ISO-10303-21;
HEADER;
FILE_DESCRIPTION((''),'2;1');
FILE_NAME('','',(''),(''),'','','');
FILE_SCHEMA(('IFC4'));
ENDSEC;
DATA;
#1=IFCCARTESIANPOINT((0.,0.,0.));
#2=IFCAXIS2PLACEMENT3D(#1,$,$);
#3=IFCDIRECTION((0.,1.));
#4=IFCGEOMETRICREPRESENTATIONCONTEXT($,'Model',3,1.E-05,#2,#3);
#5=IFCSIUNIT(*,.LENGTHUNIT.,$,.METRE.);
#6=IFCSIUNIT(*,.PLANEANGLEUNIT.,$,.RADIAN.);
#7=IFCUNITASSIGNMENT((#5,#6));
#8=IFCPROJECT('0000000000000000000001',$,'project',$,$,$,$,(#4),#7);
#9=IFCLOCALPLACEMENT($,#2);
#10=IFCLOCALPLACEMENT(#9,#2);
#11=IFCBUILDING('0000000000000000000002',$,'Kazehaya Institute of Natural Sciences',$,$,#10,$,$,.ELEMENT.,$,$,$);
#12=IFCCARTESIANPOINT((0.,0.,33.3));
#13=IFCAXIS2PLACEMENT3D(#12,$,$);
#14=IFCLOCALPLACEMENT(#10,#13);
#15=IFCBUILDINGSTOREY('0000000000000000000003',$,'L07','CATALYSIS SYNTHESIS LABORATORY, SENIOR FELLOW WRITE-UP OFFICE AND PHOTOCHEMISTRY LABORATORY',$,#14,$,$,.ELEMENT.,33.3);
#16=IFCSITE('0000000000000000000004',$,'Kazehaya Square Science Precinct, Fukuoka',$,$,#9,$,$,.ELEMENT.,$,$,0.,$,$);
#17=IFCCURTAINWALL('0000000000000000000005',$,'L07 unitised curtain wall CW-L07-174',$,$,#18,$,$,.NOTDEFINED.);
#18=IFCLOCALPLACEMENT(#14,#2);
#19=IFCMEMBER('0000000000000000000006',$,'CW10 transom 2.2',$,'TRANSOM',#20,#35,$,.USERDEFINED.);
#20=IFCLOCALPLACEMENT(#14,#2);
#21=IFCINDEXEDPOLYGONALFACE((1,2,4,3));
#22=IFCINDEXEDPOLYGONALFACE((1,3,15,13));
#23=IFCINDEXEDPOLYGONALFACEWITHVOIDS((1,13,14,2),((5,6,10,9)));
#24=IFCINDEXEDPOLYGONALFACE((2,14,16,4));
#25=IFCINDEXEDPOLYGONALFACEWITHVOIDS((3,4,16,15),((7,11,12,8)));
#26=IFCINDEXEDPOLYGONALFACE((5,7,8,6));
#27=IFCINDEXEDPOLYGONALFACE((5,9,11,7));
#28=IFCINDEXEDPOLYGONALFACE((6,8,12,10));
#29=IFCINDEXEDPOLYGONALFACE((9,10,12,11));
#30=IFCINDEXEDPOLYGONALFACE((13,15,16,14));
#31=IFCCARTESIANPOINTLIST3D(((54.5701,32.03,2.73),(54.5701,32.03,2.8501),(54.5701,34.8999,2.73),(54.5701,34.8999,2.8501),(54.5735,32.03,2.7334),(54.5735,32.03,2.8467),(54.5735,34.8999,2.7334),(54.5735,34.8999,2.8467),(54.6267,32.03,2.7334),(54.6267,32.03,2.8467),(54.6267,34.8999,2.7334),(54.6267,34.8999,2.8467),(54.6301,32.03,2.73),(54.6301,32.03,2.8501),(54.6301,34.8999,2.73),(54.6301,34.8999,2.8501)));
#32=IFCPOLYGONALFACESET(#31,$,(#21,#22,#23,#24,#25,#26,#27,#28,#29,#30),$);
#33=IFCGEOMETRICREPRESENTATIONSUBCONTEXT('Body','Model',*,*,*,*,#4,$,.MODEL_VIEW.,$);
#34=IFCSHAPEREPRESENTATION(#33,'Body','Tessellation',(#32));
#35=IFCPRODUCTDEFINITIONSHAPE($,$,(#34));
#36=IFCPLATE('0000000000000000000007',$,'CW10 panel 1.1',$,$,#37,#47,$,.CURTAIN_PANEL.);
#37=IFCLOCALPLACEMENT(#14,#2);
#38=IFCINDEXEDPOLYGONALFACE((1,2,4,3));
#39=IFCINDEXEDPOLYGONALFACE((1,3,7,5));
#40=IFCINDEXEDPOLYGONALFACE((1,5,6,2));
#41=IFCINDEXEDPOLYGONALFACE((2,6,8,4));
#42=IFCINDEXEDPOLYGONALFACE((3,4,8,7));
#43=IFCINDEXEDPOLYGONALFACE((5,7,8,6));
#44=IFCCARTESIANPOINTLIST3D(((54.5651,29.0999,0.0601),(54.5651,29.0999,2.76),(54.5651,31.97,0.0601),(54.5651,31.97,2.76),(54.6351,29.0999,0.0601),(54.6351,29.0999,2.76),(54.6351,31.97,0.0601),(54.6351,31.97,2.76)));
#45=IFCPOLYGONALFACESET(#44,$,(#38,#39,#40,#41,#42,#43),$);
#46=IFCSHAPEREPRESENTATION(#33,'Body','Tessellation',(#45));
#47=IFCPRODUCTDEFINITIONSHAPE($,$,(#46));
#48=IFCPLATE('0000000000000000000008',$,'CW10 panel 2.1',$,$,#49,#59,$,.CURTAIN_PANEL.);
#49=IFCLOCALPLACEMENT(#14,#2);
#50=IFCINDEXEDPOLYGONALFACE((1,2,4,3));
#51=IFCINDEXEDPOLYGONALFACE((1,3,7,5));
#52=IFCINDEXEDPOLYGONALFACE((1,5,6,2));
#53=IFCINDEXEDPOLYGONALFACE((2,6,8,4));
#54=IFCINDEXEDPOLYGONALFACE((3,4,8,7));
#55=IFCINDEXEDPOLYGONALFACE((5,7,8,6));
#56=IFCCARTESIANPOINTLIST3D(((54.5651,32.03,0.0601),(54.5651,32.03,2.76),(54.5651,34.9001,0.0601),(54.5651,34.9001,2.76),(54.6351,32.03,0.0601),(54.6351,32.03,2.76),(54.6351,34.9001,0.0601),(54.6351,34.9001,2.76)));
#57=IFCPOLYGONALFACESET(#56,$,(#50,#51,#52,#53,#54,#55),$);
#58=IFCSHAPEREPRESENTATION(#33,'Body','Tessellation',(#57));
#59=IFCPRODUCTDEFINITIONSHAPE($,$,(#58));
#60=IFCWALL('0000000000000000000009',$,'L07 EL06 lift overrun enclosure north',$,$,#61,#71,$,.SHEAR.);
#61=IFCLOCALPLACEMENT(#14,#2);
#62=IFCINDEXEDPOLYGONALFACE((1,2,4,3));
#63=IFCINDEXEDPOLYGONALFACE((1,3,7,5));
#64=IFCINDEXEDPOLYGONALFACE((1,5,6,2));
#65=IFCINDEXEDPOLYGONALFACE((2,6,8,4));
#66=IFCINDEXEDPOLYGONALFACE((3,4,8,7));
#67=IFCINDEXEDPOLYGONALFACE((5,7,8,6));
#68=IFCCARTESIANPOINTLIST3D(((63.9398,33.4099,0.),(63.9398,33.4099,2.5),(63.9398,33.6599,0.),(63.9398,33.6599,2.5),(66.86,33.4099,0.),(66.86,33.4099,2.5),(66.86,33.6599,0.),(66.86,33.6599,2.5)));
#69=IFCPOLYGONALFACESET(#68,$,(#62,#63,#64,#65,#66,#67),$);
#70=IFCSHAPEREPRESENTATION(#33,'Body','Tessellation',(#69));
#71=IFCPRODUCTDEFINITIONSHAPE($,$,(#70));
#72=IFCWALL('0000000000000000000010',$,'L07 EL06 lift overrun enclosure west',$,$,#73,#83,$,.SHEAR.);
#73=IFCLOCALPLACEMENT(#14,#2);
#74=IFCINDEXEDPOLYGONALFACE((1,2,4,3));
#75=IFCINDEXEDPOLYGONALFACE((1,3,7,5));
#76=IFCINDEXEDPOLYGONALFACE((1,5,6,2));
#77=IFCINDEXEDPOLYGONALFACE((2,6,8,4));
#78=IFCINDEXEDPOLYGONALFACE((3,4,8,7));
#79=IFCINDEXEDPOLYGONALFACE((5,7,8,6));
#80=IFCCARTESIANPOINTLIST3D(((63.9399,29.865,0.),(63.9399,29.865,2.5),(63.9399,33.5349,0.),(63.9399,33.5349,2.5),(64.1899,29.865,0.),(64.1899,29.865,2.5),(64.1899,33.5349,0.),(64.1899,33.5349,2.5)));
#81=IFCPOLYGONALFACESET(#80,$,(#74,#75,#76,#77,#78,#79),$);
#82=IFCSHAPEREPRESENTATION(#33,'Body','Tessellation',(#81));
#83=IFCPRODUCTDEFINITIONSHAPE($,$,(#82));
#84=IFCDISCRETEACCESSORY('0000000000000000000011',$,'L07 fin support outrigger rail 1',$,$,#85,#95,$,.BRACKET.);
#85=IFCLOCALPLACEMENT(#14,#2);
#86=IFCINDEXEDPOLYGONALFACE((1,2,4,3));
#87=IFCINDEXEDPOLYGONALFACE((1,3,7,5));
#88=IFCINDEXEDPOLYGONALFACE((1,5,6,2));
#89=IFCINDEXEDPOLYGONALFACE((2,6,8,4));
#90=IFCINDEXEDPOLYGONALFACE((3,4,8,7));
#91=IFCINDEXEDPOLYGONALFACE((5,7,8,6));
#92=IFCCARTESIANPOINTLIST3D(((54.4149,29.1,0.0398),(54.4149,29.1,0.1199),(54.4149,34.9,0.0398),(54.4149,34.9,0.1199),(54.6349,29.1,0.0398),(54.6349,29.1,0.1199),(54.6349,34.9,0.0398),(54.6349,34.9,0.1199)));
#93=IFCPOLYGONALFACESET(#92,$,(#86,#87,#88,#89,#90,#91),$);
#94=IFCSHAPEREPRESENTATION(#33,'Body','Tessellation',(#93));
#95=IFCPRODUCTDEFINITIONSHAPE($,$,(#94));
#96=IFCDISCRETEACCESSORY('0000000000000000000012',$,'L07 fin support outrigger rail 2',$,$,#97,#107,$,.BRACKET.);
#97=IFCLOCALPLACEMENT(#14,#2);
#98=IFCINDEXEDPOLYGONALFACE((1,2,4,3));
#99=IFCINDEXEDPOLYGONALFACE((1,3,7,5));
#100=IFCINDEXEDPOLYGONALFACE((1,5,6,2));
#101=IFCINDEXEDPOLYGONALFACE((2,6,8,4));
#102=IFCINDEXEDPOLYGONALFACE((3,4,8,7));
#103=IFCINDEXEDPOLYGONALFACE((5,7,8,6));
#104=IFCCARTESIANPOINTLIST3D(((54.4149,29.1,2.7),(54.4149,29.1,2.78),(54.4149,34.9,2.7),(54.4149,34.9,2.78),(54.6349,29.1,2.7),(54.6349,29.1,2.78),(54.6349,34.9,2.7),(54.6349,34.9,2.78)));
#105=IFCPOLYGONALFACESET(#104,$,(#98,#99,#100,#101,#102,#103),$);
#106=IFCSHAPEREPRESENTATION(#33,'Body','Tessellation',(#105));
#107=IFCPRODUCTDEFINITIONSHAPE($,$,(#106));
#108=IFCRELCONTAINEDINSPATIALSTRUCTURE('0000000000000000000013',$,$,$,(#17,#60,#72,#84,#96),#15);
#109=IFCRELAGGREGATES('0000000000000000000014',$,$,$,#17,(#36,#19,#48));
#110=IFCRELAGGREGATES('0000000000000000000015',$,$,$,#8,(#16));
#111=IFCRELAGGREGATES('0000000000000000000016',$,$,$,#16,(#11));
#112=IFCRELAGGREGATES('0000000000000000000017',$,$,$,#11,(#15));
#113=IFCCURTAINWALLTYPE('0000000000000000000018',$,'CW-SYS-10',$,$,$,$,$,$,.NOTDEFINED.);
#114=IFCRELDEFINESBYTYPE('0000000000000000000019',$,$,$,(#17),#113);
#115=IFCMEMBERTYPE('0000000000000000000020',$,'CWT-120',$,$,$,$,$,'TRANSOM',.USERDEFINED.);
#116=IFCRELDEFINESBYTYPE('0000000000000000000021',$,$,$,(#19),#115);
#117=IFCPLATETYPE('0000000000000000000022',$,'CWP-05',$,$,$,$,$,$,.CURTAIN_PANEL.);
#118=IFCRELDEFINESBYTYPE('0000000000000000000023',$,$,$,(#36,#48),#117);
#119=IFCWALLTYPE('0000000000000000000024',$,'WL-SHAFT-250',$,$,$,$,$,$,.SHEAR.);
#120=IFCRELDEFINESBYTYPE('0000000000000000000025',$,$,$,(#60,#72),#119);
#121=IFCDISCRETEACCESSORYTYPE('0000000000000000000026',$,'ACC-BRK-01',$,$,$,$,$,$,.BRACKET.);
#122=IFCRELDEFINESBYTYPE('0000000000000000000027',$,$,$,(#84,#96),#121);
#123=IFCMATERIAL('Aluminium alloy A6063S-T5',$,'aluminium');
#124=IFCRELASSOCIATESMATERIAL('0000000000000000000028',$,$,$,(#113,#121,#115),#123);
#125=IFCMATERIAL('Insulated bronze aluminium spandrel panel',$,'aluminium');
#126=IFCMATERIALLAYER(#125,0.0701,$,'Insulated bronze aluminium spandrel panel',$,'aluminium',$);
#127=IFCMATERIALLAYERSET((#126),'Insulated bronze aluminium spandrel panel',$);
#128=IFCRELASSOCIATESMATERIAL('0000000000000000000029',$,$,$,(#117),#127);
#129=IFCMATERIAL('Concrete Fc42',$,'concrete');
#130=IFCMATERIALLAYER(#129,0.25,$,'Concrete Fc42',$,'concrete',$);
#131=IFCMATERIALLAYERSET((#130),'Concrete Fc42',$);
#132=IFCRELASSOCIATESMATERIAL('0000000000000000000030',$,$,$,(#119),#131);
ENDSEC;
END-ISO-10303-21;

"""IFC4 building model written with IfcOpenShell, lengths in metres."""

from ifc_helpers import new_model, si_unit, direction, frame, frame_2d, origin, origin_2d, place, context, subcontext, project, spatial, rectangle, hollow_rectangle, extrude, material, layer, layer_set, material_profile, profile_set, type_object, element, aggregate, save


model = new_model("IFC4")

# Units and contexts
model_context = context("Model", 3, precision=1e-05, world=origin(), true_north=direction((0.0, 1.0)))
body_context = subcontext(model_context, "Body", "Model", "MODEL_VIEW")
ifc_project = project(units=[si_unit("LENGTHUNIT", "METRE"), si_unit("PLANEANGLEUNIT", "RADIAN")], contexts=[model_context])

# Site, building, storey
site_placement = place(None, origin())
site = spatial("IfcSite", under=ifc_project, at=site_placement, Name="Kazehaya Square Science Precinct, Fukuoka", CompositionType="ELEMENT", RefElevation=0.0)
building_placement = place(site_placement, origin())
building = spatial("IfcBuilding", under=site, at=building_placement, Name="Kazehaya Institute of Natural Sciences", CompositionType="ELEMENT")
storey_placement = place(building_placement, frame((0.0, 0.0, 33.3)))
storey = spatial("IfcBuildingStorey", under=building, at=storey_placement, Name="L07", Description="CATALYSIS SYNTHESIS LABORATORY, SENIOR FELLOW WRITE-UP OFFICE AND PHOTOCHEMISTRY LABORATORY", CompositionType="ELEMENT", Elevation=33.3)

# Curtain wall, member, plates
ifc_material_1 = material(Name="Aluminium alloy A6063S-T5", Category="aluminium")
curtain_wall_type = type_object("IfcCurtainWallType", Name="CW-SYS-10", PredefinedType="NOTDEFINED", material=ifc_material_1)
curtain_wall_placement = place(storey_placement, origin())
curtain_wall = element("IfcCurtainWall", 1, at=curtain_wall_placement, inside=storey, type_object=curtain_wall_type, Name="L07 unitised curtain wall CW-L07-174", PredefinedType="NOTDEFINED")
ifc_material_profile_1 = material_profile(ifc_material_1, hollow_rectangle(XDim=0.0601, YDim=0.1201, WallThickness=0.0034, at=origin_2d()), Name="ALU-60x120x3.5")
ifc_profile_set_1 = profile_set([ifc_material_profile_1], Name="Aluminium alloy A6063S-T5")
member_type_1 = type_object("IfcMemberType", Name="CWT-120", ElementType="TRANSOM", PredefinedType="USERDEFINED", material=ifc_profile_set_1)
member_1_placement = place(storey_placement, frame((54.6001, 32.03, 2.79), z_axis=(0.0, 1.0, 0.0), x_axis=(-1.0, 0.0, 0.0)))
member_1 = element("IfcMember", 2, at=member_1_placement, type_object=member_type_1, Name="CW10 transom 2.2", ObjectType="TRANSOM", PredefinedType="USERDEFINED", context=body_context, shape_type="SweptSolid", body=[
    extrude(hollow_rectangle(XDim=0.0601, YDim=0.1201, WallThickness=0.0034, at=origin_2d()), origin(), (0.0, 0.0, 1.0), 2.8699),
])
ifc_material_2 = material(Name="Insulated bronze aluminium spandrel panel", Category="aluminium")
ifc_layer_1 = layer(ifc_material_2, 0.0701, Name="Insulated bronze aluminium spandrel panel", Category="aluminium")
ifc_layer_set_1 = layer_set([ifc_layer_1], Name="Insulated bronze aluminium spandrel panel")
plate_type = type_object("IfcPlateType", Name="CWP-05", PredefinedType="CURTAIN_PANEL", material=ifc_layer_set_1)
plate_1_placement = place(storey_placement, frame((54.6001, 30.5349, 0.0601), z_axis=(0.0, 0.0, 1.0), x_axis=(0.0, 1.0, 0.0)))
plate_1 = element("IfcPlate", 3, at=plate_1_placement, type_object=plate_type, Name="CW10 panel 1.1", PredefinedType="CURTAIN_PANEL", context=body_context, shape_type="SweptSolid", body=[
    extrude(rectangle(XDim=2.8701, YDim=0.0701, at=origin_2d()), origin(), (0.0, 0.0, 1.0), 2.7),
])
plate_2_placement = place(storey_placement, frame((54.6001, 33.4651, 0.0601), z_axis=(0.0, 0.0, 1.0), x_axis=(0.0, 1.0, 0.0)))
plate_2 = element("IfcPlate", 4, at=plate_2_placement, type_object=plate_type, Name="CW10 panel 2.1", PredefinedType="CURTAIN_PANEL", context=body_context, shape_type="SweptSolid", body=[
    extrude(rectangle(XDim=2.8701, YDim=0.0701, at=origin_2d()), origin(), (0.0, 0.0, 1.0), 2.7),
])
aggregate(curtain_wall, [plate_1, member_1, plate_2])

# Walls
ifc_material_3 = material(Name="Concrete Fc42", Category="concrete")
ifc_layer_2 = layer(ifc_material_3, 0.25, Name="Concrete Fc42", Category="concrete")
ifc_layer_set_2 = layer_set([ifc_layer_2], Name="Concrete Fc42")
wall_type = type_object("IfcWallType", Name="WL-SHAFT-250", PredefinedType="SHEAR", material=ifc_layer_set_2)
wall_1_placement = place(storey_placement, frame((63.9399, 33.5349, 0.0), z_axis=(0.0, 0.0, 1.0), x_axis=(1.0, 0.0, 0.0)))
element("IfcWall", 5, at=wall_1_placement, inside=storey, type_object=wall_type, Name="L07 EL06 lift overrun enclosure north", PredefinedType="SHEAR", context=body_context, shape_type="SweptSolid", body=[
    extrude(rectangle(XDim=2.9202, YDim=0.25, at=frame_2d((1.46, 0.0))), origin(), (0.0, 0.0, 1.0), 2.5),
])
wall_2_placement = place(storey_placement, frame((64.0649, 29.865, 0.0), z_axis=(0.0, 0.0, 1.0), x_axis=(0.0, 1.0, 0.0)))
element("IfcWall", 6, at=wall_2_placement, inside=storey, type_object=wall_type, Name="L07 EL06 lift overrun enclosure west", PredefinedType="SHEAR", context=body_context, shape_type="SweptSolid", body=[
    extrude(rectangle(XDim=3.6699, YDim=0.25, at=frame_2d((1.835, 0.0))), origin(), (0.0, 0.0, 1.0), 2.5),
])

# Discrete accessories
discrete_accessory_type = type_object("IfcDiscreteAccessoryType", Name="ACC-BRK-01", PredefinedType="BRACKET", material=ifc_material_1)
for number, where, z_axis, x_axis, name in (
    (7, (54.5249, 32.0, 0.0398), (0.0, 0.0, 1.0), (0.0, 1.0, 0.0), "L07 fin support outrigger rail 1"),
    (8, (54.5249, 32.0, 2.7), (0.0, 0.0, 1.0), (0.0, 1.0, 0.0), "L07 fin support outrigger rail 2"),
):
    element("IfcDiscreteAccessory", number, at=place(storey_placement, frame(where, z_axis=z_axis, x_axis=x_axis)), inside=storey, type_object=discrete_accessory_type, Name=name, PredefinedType="BRACKET", context=body_context, shape_type="SweptSolid", body=[
        extrude(rectangle(XDim=5.8, YDim=0.22, at=origin_2d()), origin(), (0.0, 0.0, 1.0), 0.0801),
    ])

save(model, "model.ifc")
